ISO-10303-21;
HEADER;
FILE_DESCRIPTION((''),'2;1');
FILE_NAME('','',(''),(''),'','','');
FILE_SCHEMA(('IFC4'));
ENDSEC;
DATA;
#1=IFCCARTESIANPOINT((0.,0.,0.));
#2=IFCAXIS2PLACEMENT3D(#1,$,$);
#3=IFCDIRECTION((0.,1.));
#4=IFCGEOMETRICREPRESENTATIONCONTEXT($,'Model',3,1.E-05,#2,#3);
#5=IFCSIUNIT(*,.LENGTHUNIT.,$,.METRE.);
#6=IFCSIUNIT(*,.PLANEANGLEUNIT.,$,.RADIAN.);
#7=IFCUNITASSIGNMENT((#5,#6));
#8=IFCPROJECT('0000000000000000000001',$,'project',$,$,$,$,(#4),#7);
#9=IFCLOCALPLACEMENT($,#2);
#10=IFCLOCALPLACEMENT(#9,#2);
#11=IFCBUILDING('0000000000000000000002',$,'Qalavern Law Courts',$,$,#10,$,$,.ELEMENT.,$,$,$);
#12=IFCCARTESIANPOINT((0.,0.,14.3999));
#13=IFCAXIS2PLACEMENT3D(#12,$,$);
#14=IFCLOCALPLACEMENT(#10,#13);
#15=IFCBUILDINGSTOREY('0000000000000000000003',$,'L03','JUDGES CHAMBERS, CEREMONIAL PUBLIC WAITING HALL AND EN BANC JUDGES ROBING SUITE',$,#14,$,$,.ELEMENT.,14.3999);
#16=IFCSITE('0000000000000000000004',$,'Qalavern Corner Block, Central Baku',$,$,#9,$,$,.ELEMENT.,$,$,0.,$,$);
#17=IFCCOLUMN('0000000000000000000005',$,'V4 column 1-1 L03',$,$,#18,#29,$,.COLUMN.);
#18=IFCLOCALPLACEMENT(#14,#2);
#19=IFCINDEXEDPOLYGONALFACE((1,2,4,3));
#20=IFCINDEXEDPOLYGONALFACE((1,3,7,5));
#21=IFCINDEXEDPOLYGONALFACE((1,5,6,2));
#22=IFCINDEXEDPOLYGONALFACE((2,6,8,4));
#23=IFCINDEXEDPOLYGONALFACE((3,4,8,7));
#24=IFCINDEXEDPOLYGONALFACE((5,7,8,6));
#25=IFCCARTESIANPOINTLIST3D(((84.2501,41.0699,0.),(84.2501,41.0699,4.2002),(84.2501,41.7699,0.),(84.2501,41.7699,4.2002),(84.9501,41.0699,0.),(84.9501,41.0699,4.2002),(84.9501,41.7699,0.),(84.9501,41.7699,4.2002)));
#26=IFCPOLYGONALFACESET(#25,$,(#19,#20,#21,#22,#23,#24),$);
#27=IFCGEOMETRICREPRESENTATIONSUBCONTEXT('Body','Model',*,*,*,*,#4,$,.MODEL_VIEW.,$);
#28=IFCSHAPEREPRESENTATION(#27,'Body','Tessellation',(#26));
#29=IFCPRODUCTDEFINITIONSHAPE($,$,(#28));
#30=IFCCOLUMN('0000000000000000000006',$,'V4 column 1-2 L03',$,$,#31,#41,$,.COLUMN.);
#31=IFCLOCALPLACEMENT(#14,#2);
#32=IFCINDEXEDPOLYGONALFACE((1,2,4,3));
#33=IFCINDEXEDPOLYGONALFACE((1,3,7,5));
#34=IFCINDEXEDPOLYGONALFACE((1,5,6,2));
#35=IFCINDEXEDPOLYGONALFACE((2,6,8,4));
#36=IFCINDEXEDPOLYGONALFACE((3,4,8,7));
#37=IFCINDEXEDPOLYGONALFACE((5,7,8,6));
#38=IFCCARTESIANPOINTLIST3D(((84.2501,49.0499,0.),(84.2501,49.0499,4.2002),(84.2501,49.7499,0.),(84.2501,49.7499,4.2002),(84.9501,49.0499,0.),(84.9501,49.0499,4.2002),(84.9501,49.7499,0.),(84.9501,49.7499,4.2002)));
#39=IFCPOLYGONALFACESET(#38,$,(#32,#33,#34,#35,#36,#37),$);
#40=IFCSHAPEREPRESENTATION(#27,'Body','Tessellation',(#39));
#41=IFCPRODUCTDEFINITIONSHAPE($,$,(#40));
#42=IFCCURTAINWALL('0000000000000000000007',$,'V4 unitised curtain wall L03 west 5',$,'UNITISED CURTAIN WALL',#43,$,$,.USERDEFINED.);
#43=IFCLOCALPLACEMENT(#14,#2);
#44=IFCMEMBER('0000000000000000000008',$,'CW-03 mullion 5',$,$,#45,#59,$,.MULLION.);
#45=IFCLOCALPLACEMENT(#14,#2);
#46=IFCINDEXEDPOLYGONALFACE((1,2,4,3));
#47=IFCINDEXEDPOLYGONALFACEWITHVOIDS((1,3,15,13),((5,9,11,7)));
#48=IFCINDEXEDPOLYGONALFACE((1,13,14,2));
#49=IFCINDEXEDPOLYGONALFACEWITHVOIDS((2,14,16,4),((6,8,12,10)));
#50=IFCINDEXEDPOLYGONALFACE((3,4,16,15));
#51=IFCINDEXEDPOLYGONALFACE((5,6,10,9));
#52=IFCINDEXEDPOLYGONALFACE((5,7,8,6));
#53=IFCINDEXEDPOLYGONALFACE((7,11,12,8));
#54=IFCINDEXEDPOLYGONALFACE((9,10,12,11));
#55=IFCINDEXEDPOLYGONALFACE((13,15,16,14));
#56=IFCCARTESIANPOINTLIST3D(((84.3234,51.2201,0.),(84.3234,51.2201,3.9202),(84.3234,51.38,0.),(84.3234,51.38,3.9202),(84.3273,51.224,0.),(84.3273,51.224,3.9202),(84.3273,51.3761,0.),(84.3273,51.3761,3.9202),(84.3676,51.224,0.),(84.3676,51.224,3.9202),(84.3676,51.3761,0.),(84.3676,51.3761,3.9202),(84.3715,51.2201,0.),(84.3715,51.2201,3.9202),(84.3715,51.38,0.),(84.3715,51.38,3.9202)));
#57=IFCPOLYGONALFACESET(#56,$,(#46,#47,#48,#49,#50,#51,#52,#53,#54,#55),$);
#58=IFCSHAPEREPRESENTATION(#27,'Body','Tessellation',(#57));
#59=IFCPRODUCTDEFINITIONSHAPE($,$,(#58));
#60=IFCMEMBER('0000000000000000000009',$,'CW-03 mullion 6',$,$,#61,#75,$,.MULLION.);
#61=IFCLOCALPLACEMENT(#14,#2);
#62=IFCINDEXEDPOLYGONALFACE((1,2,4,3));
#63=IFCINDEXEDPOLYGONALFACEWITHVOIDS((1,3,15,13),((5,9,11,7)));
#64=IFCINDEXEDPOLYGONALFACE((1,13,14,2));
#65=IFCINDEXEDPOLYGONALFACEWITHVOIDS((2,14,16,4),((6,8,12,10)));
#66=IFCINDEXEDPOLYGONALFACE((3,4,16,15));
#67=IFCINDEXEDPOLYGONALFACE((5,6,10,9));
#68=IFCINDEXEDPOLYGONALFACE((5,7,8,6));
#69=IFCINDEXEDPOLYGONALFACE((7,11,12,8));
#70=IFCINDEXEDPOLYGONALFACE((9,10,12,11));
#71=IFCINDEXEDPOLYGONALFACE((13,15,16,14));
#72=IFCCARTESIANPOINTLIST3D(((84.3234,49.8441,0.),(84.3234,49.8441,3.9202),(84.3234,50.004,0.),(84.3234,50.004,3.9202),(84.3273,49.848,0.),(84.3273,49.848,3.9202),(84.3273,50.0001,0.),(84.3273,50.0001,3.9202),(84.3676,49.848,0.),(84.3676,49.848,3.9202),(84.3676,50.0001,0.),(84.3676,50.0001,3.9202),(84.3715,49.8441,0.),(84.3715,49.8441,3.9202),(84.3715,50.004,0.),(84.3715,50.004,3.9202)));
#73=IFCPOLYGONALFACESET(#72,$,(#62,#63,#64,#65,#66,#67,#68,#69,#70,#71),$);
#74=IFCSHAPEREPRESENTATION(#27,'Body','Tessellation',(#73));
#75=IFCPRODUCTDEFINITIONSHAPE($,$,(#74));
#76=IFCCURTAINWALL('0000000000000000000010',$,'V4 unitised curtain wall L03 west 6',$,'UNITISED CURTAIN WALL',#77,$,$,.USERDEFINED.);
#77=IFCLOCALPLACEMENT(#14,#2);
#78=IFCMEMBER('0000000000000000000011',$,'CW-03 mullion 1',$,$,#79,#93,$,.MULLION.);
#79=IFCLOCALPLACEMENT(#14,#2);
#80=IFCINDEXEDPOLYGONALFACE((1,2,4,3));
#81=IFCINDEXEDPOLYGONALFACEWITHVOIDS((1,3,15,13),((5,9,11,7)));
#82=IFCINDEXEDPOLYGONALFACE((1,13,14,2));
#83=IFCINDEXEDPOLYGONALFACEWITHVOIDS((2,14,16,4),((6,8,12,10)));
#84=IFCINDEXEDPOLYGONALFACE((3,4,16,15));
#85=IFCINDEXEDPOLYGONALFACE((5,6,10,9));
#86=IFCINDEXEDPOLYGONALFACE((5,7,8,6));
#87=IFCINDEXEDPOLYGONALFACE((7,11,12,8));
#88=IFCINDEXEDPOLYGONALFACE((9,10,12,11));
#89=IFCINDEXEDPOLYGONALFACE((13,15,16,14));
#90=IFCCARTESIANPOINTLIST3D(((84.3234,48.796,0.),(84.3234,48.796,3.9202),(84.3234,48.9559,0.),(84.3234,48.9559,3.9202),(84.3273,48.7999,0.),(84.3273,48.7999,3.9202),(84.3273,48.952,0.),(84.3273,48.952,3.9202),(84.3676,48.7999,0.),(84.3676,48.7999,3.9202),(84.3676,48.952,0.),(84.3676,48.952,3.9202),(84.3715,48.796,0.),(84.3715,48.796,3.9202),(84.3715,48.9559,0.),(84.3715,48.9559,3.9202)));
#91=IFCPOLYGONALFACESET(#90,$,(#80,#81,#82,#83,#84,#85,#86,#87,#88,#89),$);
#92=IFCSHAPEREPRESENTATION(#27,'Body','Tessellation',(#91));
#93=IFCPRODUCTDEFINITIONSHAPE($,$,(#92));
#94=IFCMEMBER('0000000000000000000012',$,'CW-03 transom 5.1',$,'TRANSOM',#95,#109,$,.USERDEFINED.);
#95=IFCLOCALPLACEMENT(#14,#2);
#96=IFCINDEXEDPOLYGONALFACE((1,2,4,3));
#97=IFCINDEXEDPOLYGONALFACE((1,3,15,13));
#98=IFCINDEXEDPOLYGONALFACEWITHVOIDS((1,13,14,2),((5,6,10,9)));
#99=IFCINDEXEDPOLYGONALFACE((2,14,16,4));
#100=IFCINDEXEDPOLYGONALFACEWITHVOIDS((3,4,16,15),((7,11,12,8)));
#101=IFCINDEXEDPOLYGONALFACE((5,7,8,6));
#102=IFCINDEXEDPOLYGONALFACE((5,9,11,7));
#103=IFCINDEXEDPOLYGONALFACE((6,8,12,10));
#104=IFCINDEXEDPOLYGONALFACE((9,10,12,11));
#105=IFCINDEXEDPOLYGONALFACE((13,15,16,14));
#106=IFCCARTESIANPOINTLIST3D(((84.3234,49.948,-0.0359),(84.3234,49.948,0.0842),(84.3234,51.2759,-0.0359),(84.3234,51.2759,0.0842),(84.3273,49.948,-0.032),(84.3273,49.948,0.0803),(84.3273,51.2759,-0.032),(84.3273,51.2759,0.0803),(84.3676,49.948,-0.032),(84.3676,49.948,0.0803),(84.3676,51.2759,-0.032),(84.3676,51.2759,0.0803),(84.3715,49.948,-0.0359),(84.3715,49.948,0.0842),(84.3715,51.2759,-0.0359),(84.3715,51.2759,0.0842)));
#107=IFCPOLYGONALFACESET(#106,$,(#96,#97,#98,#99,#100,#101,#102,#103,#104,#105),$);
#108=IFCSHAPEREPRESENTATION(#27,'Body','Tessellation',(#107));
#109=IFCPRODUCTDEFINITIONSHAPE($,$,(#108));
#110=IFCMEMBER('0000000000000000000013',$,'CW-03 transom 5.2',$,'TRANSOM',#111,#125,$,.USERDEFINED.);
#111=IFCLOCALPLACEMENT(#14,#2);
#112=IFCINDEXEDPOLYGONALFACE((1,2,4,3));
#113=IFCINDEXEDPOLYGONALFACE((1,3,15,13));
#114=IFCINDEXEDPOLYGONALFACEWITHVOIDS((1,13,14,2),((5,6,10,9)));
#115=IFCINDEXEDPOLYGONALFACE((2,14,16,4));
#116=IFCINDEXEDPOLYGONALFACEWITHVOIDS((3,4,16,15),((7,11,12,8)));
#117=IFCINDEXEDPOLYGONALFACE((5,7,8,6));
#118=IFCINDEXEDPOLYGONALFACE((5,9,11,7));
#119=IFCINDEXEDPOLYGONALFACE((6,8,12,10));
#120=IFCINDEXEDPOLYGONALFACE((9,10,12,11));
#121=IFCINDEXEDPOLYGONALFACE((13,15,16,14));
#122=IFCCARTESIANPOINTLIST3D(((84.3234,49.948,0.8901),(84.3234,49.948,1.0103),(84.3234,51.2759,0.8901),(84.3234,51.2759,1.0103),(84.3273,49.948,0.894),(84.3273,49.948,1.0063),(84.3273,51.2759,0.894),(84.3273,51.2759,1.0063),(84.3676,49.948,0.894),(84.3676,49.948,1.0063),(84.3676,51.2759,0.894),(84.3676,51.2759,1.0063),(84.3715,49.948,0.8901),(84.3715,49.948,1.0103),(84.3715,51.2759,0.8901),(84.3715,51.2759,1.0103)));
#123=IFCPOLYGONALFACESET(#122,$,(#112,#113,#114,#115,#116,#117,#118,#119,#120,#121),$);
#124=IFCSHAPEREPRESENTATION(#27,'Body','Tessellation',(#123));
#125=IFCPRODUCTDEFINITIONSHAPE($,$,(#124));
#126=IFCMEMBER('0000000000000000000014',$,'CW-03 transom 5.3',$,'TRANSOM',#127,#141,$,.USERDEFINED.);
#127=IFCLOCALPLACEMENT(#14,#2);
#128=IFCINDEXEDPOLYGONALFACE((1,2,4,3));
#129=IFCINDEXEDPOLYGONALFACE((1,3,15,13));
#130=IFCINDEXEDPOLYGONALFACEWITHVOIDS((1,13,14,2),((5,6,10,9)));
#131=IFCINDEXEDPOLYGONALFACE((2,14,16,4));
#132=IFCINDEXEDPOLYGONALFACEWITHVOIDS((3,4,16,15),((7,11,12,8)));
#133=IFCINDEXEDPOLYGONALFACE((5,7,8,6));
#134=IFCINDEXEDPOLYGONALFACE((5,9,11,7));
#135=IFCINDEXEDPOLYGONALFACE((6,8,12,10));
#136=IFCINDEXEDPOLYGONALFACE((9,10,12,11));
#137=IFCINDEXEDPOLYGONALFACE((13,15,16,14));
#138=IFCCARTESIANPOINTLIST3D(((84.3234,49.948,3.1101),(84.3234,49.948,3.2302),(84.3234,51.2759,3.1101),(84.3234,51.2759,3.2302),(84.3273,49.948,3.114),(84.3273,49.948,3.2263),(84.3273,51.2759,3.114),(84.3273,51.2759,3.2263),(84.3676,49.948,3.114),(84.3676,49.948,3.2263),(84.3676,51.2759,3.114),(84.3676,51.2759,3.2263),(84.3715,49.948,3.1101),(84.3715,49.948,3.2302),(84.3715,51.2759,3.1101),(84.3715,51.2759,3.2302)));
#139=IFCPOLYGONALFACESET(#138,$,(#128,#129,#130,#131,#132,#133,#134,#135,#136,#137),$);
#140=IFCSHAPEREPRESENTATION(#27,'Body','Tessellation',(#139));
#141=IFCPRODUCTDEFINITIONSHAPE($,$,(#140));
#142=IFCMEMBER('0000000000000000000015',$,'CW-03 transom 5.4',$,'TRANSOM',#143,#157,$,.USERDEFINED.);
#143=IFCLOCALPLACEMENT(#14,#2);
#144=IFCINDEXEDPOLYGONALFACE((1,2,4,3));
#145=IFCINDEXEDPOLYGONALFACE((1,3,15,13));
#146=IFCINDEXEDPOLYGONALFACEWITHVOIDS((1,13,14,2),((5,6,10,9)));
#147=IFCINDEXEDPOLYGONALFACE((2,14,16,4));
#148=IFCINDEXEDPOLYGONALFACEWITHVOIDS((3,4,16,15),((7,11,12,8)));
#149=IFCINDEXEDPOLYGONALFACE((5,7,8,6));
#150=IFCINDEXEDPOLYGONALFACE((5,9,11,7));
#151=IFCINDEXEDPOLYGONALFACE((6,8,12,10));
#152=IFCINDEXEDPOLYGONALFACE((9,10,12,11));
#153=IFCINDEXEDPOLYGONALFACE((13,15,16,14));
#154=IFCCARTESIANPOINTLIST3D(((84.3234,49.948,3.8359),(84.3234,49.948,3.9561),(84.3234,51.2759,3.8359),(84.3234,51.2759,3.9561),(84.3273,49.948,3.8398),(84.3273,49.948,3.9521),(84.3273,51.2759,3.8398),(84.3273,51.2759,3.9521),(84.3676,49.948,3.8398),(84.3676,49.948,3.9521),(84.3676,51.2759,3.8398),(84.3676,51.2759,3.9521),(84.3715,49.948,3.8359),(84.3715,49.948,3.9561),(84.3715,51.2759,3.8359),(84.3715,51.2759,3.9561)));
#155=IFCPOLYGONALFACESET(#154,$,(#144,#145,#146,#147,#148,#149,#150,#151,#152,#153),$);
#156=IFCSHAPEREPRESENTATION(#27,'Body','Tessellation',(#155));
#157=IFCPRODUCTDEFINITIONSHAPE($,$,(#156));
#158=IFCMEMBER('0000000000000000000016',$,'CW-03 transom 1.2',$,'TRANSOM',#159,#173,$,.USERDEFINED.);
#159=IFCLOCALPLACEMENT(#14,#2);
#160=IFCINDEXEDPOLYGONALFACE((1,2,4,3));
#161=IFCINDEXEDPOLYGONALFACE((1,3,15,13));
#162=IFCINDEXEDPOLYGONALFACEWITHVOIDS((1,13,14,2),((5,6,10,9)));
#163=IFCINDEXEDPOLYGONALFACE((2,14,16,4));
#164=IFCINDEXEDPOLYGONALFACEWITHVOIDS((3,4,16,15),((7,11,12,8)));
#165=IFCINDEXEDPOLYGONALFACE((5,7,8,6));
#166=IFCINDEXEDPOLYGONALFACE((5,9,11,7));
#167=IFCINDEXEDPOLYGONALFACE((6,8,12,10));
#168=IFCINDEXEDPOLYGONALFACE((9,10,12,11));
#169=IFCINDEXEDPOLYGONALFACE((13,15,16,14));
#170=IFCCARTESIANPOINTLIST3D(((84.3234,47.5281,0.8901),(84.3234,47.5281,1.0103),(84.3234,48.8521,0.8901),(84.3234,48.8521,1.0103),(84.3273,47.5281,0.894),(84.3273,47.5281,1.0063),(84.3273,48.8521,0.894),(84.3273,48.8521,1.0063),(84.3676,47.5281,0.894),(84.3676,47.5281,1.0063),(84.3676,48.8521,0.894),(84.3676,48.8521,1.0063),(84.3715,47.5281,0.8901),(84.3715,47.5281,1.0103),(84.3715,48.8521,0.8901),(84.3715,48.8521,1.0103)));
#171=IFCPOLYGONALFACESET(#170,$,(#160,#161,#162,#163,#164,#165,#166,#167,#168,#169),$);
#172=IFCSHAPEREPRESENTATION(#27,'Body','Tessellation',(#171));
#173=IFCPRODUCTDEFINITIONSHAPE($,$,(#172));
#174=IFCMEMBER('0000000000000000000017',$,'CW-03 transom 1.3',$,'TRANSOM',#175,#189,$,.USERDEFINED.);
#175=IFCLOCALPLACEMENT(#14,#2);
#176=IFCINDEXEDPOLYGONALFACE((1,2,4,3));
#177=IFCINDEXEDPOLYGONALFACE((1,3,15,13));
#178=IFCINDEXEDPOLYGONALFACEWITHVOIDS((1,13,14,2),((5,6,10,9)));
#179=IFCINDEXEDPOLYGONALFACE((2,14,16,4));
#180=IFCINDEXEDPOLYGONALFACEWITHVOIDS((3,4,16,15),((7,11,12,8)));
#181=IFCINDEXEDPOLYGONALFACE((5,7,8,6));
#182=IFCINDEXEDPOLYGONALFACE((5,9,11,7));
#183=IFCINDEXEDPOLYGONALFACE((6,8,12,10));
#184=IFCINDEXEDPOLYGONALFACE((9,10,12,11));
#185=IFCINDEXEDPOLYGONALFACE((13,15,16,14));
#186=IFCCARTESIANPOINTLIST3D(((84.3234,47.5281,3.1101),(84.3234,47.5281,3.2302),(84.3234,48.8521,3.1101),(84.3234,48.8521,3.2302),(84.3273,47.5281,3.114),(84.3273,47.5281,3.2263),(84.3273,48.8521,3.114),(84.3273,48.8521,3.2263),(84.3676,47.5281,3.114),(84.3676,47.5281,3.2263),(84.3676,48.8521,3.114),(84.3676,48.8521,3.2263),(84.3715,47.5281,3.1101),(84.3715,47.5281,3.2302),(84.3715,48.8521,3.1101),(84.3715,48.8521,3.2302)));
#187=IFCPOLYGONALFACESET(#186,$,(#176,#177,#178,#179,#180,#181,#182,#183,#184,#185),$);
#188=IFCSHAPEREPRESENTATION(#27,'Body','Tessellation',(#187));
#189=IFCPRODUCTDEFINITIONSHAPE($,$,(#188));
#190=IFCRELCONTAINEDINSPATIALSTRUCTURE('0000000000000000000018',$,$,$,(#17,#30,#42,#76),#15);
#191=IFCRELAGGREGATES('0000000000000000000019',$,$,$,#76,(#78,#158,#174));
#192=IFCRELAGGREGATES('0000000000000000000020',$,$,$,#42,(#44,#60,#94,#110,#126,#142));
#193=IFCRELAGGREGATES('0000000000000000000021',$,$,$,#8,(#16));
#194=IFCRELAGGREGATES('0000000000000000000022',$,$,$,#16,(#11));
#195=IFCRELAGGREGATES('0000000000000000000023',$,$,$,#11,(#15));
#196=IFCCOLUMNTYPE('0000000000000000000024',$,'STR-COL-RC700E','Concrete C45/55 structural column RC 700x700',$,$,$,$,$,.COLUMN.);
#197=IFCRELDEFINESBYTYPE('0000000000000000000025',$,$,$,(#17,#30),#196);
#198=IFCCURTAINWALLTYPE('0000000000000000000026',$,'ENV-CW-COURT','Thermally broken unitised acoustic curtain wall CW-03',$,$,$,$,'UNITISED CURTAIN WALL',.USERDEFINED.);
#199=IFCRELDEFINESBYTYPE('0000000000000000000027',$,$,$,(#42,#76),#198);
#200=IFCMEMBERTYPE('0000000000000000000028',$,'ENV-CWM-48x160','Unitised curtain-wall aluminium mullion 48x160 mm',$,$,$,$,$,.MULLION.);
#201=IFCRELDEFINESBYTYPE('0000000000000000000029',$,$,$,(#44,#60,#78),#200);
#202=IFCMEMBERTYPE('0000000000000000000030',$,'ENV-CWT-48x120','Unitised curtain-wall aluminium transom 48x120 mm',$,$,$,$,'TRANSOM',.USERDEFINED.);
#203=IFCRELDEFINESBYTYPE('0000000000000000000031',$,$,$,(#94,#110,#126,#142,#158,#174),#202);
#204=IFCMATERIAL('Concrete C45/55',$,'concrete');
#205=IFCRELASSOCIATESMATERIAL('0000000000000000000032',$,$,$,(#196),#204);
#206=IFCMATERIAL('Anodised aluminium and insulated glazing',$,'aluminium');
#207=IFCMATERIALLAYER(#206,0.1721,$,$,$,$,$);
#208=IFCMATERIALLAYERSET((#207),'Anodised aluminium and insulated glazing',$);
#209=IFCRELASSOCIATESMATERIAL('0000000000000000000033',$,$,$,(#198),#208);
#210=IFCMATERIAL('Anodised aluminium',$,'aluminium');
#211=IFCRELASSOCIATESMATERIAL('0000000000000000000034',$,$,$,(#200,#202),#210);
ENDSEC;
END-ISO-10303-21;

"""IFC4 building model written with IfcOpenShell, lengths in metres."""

from ifc_helpers import new_model, si_unit, direction, frame, origin, origin_2d, place, context, subcontext, project, spatial, rectangle, hollow_rectangle, extrude, material, layer, layer_set, material_profile, profile_set, type_object, element, aggregate, save


model = new_model("IFC4")

# Units and contexts
model_context = context("Model", 3, precision=1e-05, world=origin(), true_north=direction((0.0, 1.0)))
body_context = subcontext(model_context, "Body", "Model", "MODEL_VIEW")
ifc_project = project(units=[si_unit("LENGTHUNIT", "METRE"), si_unit("PLANEANGLEUNIT", "RADIAN")], contexts=[model_context])

# Site, building, storey
site_placement = place(None, origin())
site = spatial("IfcSite", under=ifc_project, at=site_placement, Name="Qalavern Corner Block, Central Baku", CompositionType="ELEMENT", RefElevation=0.0)
building_placement = place(site_placement, origin())
building = spatial("IfcBuilding", under=site, at=building_placement, Name="Qalavern Law Courts", CompositionType="ELEMENT")
storey_placement = place(building_placement, frame((0.0, 0.0, 14.3999)))
storey = spatial("IfcBuildingStorey", under=building, at=storey_placement, Name="L03", Description="JUDGES CHAMBERS, CEREMONIAL PUBLIC WAITING HALL AND EN BANC JUDGES ROBING SUITE", CompositionType="ELEMENT", Elevation=14.3999)

# Columns
ifc_material_1 = material(Name="Concrete C45/55", Category="concrete")
ifc_material_profile_1 = material_profile(ifc_material_1, rectangle(XDim=0.7, YDim=0.7, at=origin_2d()), Name="RC 700x700")
ifc_profile_set_1 = profile_set([ifc_material_profile_1], Name="Concrete C45/55")
column_type = type_object("IfcColumnType", Name="STR-COL-RC700E", Description="Concrete C45/55 structural column RC 700x700", PredefinedType="COLUMN", material=ifc_profile_set_1)
for number, where, z_axis, x_axis, name in (
    (1, (84.6001, 41.4199, 0.0), (0.0, 0.0, 1.0), (1.0, 0.0, 0.0), "V4 column 1-1 L03"),
    (2, (84.6001, 49.3999, 0.0), (0.0, 0.0, 1.0), (1.0, 0.0, 0.0), "V4 column 1-2 L03"),
):
    element("IfcColumn", number, at=place(storey_placement, frame(where, z_axis=z_axis, x_axis=x_axis)), inside=storey, type_object=column_type, Name=name, PredefinedType="COLUMN", context=body_context, shape_type="SweptSolid", body=[
        extrude(rectangle(XDim=0.7, YDim=0.7, at=origin_2d()), origin(), (0.0, 0.0, 1.0), 4.2002),
    ])

# Curtain wall, members
ifc_material_2 = material(Name="Anodised aluminium and insulated glazing", Category="aluminium")
ifc_layer_1 = layer(ifc_material_2, 0.1721)
ifc_layer_set_1 = layer_set([ifc_layer_1], Name="Anodised aluminium and insulated glazing")
curtain_wall_type = type_object("IfcCurtainWallType", Name="ENV-CW-COURT", Description="Thermally broken unitised acoustic curtain wall CW-03", ElementType="UNITISED CURTAIN WALL", PredefinedType="USERDEFINED", material=ifc_layer_set_1)
curtain_wall_1_placement = place(storey_placement, origin())
curtain_wall_1 = element("IfcCurtainWall", 3, at=curtain_wall_1_placement, inside=storey, type_object=curtain_wall_type, Name="V4 unitised curtain wall L03 west 5", ObjectType="UNITISED CURTAIN WALL", PredefinedType="USERDEFINED")
ifc_material_3 = material(Name="Anodised aluminium", Category="aluminium")
ifc_material_profile_2 = material_profile(ifc_material_3, hollow_rectangle(XDim=0.0481, YDim=0.1599, WallThickness=0.0039, at=origin_2d()), Name="ALU MULLION 48x160")
ifc_profile_set_2 = profile_set([ifc_material_profile_2], Name="Anodised aluminium")
member_type_1 = type_object("IfcMemberType", Name="ENV-CWM-48x160", Description="Unitised curtain-wall aluminium mullion 48x160 mm", PredefinedType="MULLION", material=ifc_profile_set_2)
member_1_placement = place(storey_placement, frame((84.3474, 51.3, 0.0), z_axis=(0.0, 0.0, 1.0), x_axis=(1.0, 0.0, 0.0)))
member_1 = element("IfcMember", 4, at=member_1_placement, type_object=member_type_1, Name="CW-03 mullion 5", PredefinedType="MULLION", context=body_context, shape_type="SweptSolid", body=[
    extrude(hollow_rectangle(XDim=0.0481, YDim=0.1599, WallThickness=0.0039, at=origin_2d()), origin(), (0.0, 0.0, 1.0), 3.9202),
])
member_2_placement = place(storey_placement, frame((84.3474, 49.9241, 0.0), z_axis=(0.0, 0.0, 1.0), x_axis=(1.0, 0.0, 0.0)))
member_2 = element("IfcMember", 5, at=member_2_placement, type_object=member_type_1, Name="CW-03 mullion 6", PredefinedType="MULLION", context=body_context, shape_type="SweptSolid", body=[
    extrude(hollow_rectangle(XDim=0.0481, YDim=0.1599, WallThickness=0.0039, at=origin_2d()), origin(), (0.0, 0.0, 1.0), 3.9202),
])

# Curtain wall, member
curtain_wall_2_placement = place(storey_placement, origin())
curtain_wall_2 = element("IfcCurtainWall", 6, at=curtain_wall_2_placement, inside=storey, type_object=curtain_wall_type, Name="V4 unitised curtain wall L03 west 6", ObjectType="UNITISED CURTAIN WALL", PredefinedType="USERDEFINED")
member_3_placement = place(storey_placement, frame((84.3474, 48.876, 0.0), z_axis=(0.0, 0.0, 1.0), x_axis=(1.0, 0.0, 0.0)))
member_3 = element("IfcMember", 7, at=member_3_placement, type_object=member_type_1, Name="CW-03 mullion 1", PredefinedType="MULLION", context=body_context, shape_type="SweptSolid", body=[
    extrude(hollow_rectangle(XDim=0.0481, YDim=0.1599, WallThickness=0.0039, at=origin_2d()), origin(), (0.0, 0.0, 1.0), 3.9202),
])

# Members
ifc_material_profile_3 = material_profile(ifc_material_3, hollow_rectangle(XDim=0.0481, YDim=0.1201, WallThickness=0.0039, at=origin_2d()), Name="ALU TRANSOM 48x120")
ifc_profile_set_3 = profile_set([ifc_material_profile_3], Name="Anodised aluminium")
member_type_2 = type_object("IfcMemberType", Name="ENV-CWT-48x120", Description="Unitised curtain-wall aluminium transom 48x120 mm", ElementType="TRANSOM", PredefinedType="USERDEFINED", material=ifc_profile_set_3)
member_4_placement = place(storey_placement, frame((84.3474, 51.2759, 0.0242), z_axis=(0.0, -1.0, 0.0), x_axis=(1.0, 0.0, 0.0)))
member_4 = element("IfcMember", 8, at=member_4_placement, type_object=member_type_2, Name="CW-03 transom 5.1", ObjectType="TRANSOM", PredefinedType="USERDEFINED", context=body_context, shape_type="SweptSolid", body=[
    extrude(hollow_rectangle(XDim=0.0481, YDim=0.1201, WallThickness=0.0039, at=origin_2d()), origin(), (0.0, 0.0, 1.0), 1.3279),
])
member_5_placement = place(storey_placement, frame((84.3474, 51.2759, 0.9502), z_axis=(0.0, -1.0, 0.0), x_axis=(1.0, 0.0, 0.0)))
member_5 = element("IfcMember", 9, at=member_5_placement, type_object=member_type_2, Name="CW-03 transom 5.2", ObjectType="TRANSOM", PredefinedType="USERDEFINED", context=body_context, shape_type="SweptSolid", body=[
    extrude(hollow_rectangle(XDim=0.0481, YDim=0.1201, WallThickness=0.0039, at=origin_2d()), origin(), (0.0, 0.0, 1.0), 1.3279),
])
member_6_placement = place(storey_placement, frame((84.3474, 51.2759, 3.1702), z_axis=(0.0, -1.0, 0.0), x_axis=(1.0, 0.0, 0.0)))
member_6 = element("IfcMember", 10, at=member_6_placement, type_object=member_type_2, Name="CW-03 transom 5.3", ObjectType="TRANSOM", PredefinedType="USERDEFINED", context=body_context, shape_type="SweptSolid", body=[
    extrude(hollow_rectangle(XDim=0.0481, YDim=0.1201, WallThickness=0.0039, at=origin_2d()), origin(), (0.0, 0.0, 1.0), 1.3279),
])
member_7_placement = place(storey_placement, frame((84.3474, 51.2759, 3.896), z_axis=(0.0, -1.0, 0.0), x_axis=(1.0, 0.0, 0.0)))
member_7 = element("IfcMember", 11, at=member_7_placement, type_object=member_type_2, Name="CW-03 transom 5.4", ObjectType="TRANSOM", PredefinedType="USERDEFINED", context=body_context, shape_type="SweptSolid", body=[
    extrude(hollow_rectangle(XDim=0.0481, YDim=0.1201, WallThickness=0.0039, at=origin_2d()), origin(), (0.0, 0.0, 1.0), 1.3279),
])
member_8_placement = place(storey_placement, frame((84.3474, 48.8521, 0.9502), z_axis=(0.0, -1.0, 0.0), x_axis=(1.0, 0.0, 0.0)))
member_8 = element("IfcMember", 12, at=member_8_placement, type_object=member_type_2, Name="CW-03 transom 1.2", ObjectType="TRANSOM", PredefinedType="USERDEFINED", context=body_context, shape_type="SweptSolid", body=[
    extrude(hollow_rectangle(XDim=0.0481, YDim=0.1201, WallThickness=0.0039, at=origin_2d()), origin(), (0.0, 0.0, 1.0), 1.324),
])
member_9_placement = place(storey_placement, frame((84.3474, 48.8521, 3.1702), z_axis=(0.0, -1.0, 0.0), x_axis=(1.0, 0.0, 0.0)))
member_9 = element("IfcMember", 13, at=member_9_placement, type_object=member_type_2, Name="CW-03 transom 1.3", ObjectType="TRANSOM", PredefinedType="USERDEFINED", context=body_context, shape_type="SweptSolid", body=[
    extrude(hollow_rectangle(XDim=0.0481, YDim=0.1201, WallThickness=0.0039, at=origin_2d()), origin(), (0.0, 0.0, 1.0), 1.324),
])
aggregate(curtain_wall_2, [member_3, member_8, member_9])

aggregate(curtain_wall_1, [member_1, member_2, member_4, member_5, member_6, member_7])

save(model, "model.ifc")
